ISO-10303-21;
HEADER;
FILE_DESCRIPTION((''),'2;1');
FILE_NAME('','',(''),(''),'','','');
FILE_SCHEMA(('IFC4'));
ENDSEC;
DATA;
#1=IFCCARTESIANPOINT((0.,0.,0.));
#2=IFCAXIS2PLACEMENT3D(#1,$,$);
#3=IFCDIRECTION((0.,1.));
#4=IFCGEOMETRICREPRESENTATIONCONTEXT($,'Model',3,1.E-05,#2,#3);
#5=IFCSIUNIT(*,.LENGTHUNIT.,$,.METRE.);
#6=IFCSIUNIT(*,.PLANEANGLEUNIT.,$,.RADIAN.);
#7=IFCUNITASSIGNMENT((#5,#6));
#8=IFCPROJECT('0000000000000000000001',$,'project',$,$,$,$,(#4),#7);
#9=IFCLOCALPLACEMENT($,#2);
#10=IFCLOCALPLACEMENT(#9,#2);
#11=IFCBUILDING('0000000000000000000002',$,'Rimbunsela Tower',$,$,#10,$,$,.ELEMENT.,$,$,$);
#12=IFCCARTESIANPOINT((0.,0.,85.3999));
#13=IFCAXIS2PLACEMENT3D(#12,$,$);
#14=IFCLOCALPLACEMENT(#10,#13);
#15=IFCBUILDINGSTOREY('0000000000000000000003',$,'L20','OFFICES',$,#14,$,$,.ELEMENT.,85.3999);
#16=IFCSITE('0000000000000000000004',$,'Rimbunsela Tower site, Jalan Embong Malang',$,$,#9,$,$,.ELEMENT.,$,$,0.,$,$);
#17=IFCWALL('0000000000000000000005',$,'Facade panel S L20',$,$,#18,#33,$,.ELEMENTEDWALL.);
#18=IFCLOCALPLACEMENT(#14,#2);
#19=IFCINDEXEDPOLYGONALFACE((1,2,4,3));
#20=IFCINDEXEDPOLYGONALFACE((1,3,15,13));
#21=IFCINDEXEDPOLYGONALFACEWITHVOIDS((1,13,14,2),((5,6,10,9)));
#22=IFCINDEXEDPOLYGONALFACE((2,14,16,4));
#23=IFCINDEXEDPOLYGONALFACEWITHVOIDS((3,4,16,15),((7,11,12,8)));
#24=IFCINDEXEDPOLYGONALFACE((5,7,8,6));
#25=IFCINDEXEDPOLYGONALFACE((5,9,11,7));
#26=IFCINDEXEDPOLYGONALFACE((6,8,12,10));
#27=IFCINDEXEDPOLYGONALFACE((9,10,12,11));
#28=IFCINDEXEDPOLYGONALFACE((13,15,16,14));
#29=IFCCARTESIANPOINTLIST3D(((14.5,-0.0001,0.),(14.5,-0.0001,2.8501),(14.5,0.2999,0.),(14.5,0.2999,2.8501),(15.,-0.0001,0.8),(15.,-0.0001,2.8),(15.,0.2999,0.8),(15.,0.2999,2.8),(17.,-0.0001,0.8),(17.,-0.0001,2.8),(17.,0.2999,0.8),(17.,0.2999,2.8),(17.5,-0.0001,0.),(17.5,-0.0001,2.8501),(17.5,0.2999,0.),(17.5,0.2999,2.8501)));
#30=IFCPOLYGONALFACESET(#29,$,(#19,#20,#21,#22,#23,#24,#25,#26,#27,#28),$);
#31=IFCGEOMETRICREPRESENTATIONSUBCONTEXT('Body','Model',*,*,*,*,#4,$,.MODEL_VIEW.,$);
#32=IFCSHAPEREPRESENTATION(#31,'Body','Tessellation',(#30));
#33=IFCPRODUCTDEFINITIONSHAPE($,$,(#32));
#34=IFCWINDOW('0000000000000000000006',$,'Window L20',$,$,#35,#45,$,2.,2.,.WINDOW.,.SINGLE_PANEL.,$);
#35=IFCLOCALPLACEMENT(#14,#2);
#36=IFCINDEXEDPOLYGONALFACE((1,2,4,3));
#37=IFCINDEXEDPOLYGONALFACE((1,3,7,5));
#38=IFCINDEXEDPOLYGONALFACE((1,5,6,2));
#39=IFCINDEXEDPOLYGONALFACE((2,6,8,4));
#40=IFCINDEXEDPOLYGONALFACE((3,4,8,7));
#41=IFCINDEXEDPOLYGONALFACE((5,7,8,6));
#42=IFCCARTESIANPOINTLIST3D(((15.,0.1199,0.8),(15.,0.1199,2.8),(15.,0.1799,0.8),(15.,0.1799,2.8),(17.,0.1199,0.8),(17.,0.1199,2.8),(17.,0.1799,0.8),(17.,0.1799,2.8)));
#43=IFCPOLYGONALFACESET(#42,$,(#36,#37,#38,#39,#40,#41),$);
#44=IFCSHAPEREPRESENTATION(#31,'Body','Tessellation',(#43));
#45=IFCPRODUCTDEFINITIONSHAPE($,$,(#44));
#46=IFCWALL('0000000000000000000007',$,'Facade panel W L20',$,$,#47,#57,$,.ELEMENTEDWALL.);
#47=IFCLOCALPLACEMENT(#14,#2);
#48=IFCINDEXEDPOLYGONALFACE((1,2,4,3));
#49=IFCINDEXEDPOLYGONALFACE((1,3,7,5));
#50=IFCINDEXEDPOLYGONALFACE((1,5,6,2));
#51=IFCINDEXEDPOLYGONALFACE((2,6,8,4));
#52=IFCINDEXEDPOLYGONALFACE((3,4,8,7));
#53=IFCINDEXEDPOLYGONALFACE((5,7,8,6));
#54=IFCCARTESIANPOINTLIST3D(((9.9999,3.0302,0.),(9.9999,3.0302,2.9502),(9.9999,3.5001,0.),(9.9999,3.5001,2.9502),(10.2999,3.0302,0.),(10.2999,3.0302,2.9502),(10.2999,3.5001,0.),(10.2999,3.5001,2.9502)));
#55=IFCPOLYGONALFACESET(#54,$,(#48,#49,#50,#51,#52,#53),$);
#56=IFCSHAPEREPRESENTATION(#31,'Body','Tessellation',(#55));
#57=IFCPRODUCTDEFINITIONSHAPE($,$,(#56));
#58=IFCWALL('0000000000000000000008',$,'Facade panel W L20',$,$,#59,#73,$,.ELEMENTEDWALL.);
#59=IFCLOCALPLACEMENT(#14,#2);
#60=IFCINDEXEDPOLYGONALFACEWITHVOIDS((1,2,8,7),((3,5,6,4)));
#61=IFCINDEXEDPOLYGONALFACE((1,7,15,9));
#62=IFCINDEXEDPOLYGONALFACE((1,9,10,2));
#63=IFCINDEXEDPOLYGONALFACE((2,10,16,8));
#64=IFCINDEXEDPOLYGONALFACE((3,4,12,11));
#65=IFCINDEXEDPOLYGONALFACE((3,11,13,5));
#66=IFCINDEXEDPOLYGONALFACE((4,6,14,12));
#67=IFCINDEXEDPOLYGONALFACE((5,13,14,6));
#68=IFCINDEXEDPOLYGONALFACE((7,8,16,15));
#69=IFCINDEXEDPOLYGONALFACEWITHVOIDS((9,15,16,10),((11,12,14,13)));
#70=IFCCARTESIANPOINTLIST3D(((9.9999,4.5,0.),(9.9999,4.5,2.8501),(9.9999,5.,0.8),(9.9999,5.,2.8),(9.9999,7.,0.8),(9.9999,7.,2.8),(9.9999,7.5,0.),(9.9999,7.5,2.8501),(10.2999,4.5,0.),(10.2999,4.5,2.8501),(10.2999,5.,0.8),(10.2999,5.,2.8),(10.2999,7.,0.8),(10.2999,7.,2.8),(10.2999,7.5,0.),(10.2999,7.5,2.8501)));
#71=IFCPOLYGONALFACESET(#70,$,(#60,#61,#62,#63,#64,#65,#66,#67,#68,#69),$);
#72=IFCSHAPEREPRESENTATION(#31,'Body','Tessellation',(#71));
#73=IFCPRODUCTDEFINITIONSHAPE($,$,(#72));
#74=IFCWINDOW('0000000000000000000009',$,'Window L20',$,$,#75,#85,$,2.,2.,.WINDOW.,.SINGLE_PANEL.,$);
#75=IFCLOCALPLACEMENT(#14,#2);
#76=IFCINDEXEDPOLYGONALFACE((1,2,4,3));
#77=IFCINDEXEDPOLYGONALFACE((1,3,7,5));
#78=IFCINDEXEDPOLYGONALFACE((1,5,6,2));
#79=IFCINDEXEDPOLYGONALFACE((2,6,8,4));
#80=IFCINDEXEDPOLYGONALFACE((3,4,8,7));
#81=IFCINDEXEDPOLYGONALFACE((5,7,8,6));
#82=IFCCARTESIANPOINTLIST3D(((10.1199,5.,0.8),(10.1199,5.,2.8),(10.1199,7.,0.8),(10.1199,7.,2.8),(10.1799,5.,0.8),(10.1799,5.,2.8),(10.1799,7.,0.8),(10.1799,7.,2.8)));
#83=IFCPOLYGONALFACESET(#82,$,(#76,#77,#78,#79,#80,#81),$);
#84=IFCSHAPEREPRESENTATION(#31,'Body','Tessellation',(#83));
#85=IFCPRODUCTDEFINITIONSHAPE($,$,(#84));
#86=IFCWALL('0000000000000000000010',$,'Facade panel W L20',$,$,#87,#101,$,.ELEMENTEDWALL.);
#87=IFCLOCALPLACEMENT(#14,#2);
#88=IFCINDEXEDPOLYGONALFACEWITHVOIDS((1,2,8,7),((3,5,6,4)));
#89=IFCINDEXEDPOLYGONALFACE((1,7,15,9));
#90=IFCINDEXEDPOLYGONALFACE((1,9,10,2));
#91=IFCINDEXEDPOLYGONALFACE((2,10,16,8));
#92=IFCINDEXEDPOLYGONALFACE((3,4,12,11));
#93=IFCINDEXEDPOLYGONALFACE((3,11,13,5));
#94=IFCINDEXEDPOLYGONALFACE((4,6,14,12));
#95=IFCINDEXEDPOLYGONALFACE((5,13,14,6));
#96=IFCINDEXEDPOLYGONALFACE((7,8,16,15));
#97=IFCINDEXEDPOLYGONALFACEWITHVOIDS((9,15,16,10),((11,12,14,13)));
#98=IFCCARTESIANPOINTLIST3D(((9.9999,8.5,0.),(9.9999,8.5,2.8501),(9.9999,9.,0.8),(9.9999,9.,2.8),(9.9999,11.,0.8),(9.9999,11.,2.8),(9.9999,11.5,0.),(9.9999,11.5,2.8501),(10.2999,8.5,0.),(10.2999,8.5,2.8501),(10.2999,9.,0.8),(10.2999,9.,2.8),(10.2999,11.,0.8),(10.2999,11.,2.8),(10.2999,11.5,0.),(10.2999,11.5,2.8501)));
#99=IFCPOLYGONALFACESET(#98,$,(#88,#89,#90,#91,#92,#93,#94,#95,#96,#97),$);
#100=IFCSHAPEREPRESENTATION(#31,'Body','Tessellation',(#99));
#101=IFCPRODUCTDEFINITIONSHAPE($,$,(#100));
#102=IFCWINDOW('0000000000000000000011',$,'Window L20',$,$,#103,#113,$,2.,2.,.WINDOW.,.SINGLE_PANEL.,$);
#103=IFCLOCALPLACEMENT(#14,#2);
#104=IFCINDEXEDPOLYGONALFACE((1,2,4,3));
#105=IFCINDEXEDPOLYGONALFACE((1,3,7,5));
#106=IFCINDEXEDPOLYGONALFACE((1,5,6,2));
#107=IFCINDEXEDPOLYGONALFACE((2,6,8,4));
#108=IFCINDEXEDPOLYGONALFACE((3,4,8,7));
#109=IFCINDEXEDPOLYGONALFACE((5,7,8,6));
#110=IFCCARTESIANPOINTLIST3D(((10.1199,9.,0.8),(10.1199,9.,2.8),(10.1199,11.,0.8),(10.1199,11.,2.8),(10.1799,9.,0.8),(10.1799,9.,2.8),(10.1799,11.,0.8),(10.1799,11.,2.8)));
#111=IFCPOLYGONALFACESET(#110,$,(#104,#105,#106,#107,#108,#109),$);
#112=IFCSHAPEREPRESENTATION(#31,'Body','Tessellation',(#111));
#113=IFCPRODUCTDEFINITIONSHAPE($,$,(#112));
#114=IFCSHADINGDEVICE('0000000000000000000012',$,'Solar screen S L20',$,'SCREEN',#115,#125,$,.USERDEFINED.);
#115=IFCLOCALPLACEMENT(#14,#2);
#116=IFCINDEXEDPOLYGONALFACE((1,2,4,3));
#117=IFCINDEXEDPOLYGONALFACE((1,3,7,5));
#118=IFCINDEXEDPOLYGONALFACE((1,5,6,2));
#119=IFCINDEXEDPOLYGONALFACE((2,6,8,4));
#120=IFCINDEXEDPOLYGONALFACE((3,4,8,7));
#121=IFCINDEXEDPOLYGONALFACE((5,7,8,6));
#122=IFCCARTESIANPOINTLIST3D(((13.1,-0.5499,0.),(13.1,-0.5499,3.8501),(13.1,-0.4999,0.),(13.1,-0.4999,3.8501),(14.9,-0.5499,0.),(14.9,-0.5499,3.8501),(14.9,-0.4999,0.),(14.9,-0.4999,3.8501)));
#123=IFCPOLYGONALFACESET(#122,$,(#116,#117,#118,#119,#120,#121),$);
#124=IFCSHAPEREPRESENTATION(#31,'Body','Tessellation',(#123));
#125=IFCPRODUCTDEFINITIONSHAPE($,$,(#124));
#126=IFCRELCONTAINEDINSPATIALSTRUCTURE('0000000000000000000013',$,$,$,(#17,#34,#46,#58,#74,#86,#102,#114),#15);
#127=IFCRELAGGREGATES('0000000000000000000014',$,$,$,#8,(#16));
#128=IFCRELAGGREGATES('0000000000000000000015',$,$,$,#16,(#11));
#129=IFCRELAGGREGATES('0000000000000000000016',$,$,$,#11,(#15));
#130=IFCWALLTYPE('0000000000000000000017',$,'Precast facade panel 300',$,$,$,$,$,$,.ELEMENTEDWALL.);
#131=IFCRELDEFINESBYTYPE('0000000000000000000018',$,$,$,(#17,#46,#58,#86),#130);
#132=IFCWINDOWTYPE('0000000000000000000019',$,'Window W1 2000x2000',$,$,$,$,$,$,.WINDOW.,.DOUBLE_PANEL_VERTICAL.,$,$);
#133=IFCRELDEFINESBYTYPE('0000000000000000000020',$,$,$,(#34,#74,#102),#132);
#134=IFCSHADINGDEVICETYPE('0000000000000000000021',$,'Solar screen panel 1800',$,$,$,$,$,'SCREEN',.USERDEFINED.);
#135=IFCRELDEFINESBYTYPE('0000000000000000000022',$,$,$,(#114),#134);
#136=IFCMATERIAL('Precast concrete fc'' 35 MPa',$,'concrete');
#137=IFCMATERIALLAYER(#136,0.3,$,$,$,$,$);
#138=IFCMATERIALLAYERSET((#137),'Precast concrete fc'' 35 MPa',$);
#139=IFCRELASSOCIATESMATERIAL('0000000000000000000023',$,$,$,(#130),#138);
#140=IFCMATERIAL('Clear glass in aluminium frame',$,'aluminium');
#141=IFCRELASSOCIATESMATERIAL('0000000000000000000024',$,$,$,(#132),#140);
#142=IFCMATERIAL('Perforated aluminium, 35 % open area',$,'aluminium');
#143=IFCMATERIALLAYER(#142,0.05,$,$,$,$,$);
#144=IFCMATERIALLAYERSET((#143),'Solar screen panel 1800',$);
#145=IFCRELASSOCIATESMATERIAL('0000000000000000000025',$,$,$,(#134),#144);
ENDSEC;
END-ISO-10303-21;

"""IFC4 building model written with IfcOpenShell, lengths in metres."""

from ifc_helpers import new_model, si_unit, direction, frame, frame_2d, origin, origin_2d, place, context, subcontext, project, spatial, rectangle, extrude, material, layer, layer_set, type_object, element, fill, save


model = new_model("IFC4")

# Units and contexts
model_context = context("Model", 3, precision=1e-05, world=origin(), true_north=direction((0.0, 1.0)))
body_context = subcontext(model_context, "Body", "Model", "MODEL_VIEW")
ifc_project = project(units=[si_unit("LENGTHUNIT", "METRE"), si_unit("PLANEANGLEUNIT", "RADIAN")], contexts=[model_context])

# Site, building, storey
site_placement = place(None, origin())
site = spatial("IfcSite", under=ifc_project, at=site_placement, Name="Rimbunsela Tower site, Jalan Embong Malang", CompositionType="ELEMENT", RefElevation=0.0)
building_placement = place(site_placement, origin())
building = spatial("IfcBuilding", under=site, at=building_placement, Name="Rimbunsela Tower", CompositionType="ELEMENT")
storey_placement = place(building_placement, frame((0.0, 0.0, 85.3999)))
storey = spatial("IfcBuildingStorey", under=building, at=storey_placement, Name="L20", Description="OFFICES", CompositionType="ELEMENT", Elevation=85.3999)

# Shared definitions
ifc_material_1 = material(Name="Precast concrete fc' 35 MPa", Category="concrete")
ifc_layer_1 = layer(ifc_material_1, 0.3)
ifc_layer_set_1 = layer_set([ifc_layer_1], Name="Precast concrete fc' 35 MPa")
wall_type_1 = type_object("IfcWallType", Name="Precast facade panel 300", PredefinedType="ELEMENTEDWALL", material=ifc_layer_set_1)

# Wall, opening, window
wall_1_placement = place(storey_placement, frame((14.5, 0.1499, 0.0), z_axis=(0.0, 0.0, 1.0), x_axis=(1.0, 0.0, 0.0)))
wall_1 = element("IfcWall", 1, at=wall_1_placement, inside=storey, type_object=wall_type_1, Name="Facade panel S L20", PredefinedType="ELEMENTEDWALL", context=body_context, shape_type="SweptSolid", body=[
    extrude(rectangle(XDim=3.0, YDim=0.3, at=frame_2d((1.5, 0.0))), origin(), (0.0, 0.0, 1.0), 2.8501),
])
opening_1_placement = place(wall_1_placement, frame((0.5, 0.0, 0.8)))
opening_1 = element("IfcOpeningElement", 2, at=opening_1_placement, cuts=wall_1, PredefinedType="OPENING", context=body_context, shape_type="SweptSolid", body=[
    extrude(rectangle(XDim=2.0, YDim=2.0, at=frame_2d((1.0, 1.0))), frame((0.0, 0.1599, 0.0), z_axis=(0.0, -1.0, 0.0), x_axis=(1.0, 0.0, 0.0)), (0.0, 0.0, 1.0), 0.3201),
])
ifc_material_2 = material(Name="Clear glass in aluminium frame", Category="aluminium")
window_type = type_object("IfcWindowType", Name="Window W1 2000x2000", PartitioningType="DOUBLE_PANEL_VERTICAL", PredefinedType="WINDOW", material=ifc_material_2)
window_1_placement = place(opening_1_placement, origin())
window_1 = element("IfcWindow", 3, at=window_1_placement, inside=storey, type_object=window_type, Name="Window L20", OverallHeight=2.0, OverallWidth=2.0, PartitioningType="SINGLE_PANEL", PredefinedType="WINDOW", context=body_context, shape_type="SweptSolid", body=[
    extrude(rectangle(XDim=2.0, YDim=2.0, at=frame_2d((1.0, 1.0))), frame((0.0, 0.03, 0.0), z_axis=(0.0, -1.0, 0.0), x_axis=(1.0, 0.0, 0.0)), (0.0, 0.0, 1.0), 0.0601),
])
fill(opening_1, window_1)

# Wall
wall_2_placement = place(storey_placement, frame((10.1499, 3.5, 0.0), z_axis=(0.0, 0.0, 1.0), x_axis=(0.0, -1.0, 0.0)))
element("IfcWall", 4, at=wall_2_placement, inside=storey, type_object=wall_type_1, Name="Facade panel W L20", PredefinedType="ELEMENTEDWALL", context=body_context, shape_type="SweptSolid", body=[
    extrude(rectangle(XDim=0.47, YDim=0.3, at=frame_2d((0.2349, 0.0))), origin(), (0.0, 0.0, 1.0), 2.9502),
])

# Walls, openings, windows
wall_3_placement = place(storey_placement, frame((10.1499, 7.5, 0.0), z_axis=(0.0, 0.0, 1.0), x_axis=(0.0, -1.0, 0.0)))
wall_3 = element("IfcWall", 5, at=wall_3_placement, inside=storey, type_object=wall_type_1, Name="Facade panel W L20", PredefinedType="ELEMENTEDWALL", context=body_context, shape_type="SweptSolid", body=[
    extrude(rectangle(XDim=3.0, YDim=0.3, at=frame_2d((1.5, 0.0))), origin(), (0.0, 0.0, 1.0), 2.8501),
])
opening_2_placement = place(wall_3_placement, frame((0.5, 0.0, 0.8)))
opening_2 = element("IfcOpeningElement", 6, at=opening_2_placement, cuts=wall_3, PredefinedType="OPENING", context=body_context, shape_type="SweptSolid", body=[
    extrude(rectangle(XDim=2.0, YDim=2.0, at=frame_2d((1.0, 1.0))), frame((0.0, 0.1599, 0.0), z_axis=(0.0, -1.0, 0.0), x_axis=(1.0, 0.0, 0.0)), (0.0, 0.0, 1.0), 0.3201),
])
window_2_placement = place(opening_2_placement, origin())
window_2 = element("IfcWindow", 7, at=window_2_placement, inside=storey, type_object=window_type, Name="Window L20", OverallHeight=2.0, OverallWidth=2.0, PartitioningType="SINGLE_PANEL", PredefinedType="WINDOW", context=body_context, shape_type="SweptSolid", body=[
    extrude(rectangle(XDim=2.0, YDim=2.0, at=frame_2d((1.0, 1.0))), frame((0.0, 0.03, 0.0), z_axis=(0.0, -1.0, 0.0), x_axis=(1.0, 0.0, 0.0)), (0.0, 0.0, 1.0), 0.0601),
])
fill(opening_2, window_2)
wall_4_placement = place(storey_placement, frame((10.1499, 11.5, 0.0), z_axis=(0.0, 0.0, 1.0), x_axis=(0.0, -1.0, 0.0)))
wall_4 = element("IfcWall", 8, at=wall_4_placement, inside=storey, type_object=wall_type_1, Name="Facade panel W L20", PredefinedType="ELEMENTEDWALL", context=body_context, shape_type="SweptSolid", body=[
    extrude(rectangle(XDim=3.0, YDim=0.3, at=frame_2d((1.5, 0.0))), origin(), (0.0, 0.0, 1.0), 2.8501),
])
opening_3_placement = place(wall_4_placement, frame((0.5, 0.0, 0.8)))
opening_3 = element("IfcOpeningElement", 9, at=opening_3_placement, cuts=wall_4, PredefinedType="OPENING", context=body_context, shape_type="SweptSolid", body=[
    extrude(rectangle(XDim=2.0, YDim=2.0, at=frame_2d((1.0, 1.0))), frame((0.0, 0.1599, 0.0), z_axis=(0.0, -1.0, 0.0), x_axis=(1.0, 0.0, 0.0)), (0.0, 0.0, 1.0), 0.3201),
])
window_3_placement = place(opening_3_placement, origin())
window_3 = element("IfcWindow", 10, at=window_3_placement, inside=storey, type_object=window_type, Name="Window L20", OverallHeight=2.0, OverallWidth=2.0, PartitioningType="SINGLE_PANEL", PredefinedType="WINDOW", context=body_context, shape_type="SweptSolid", body=[
    extrude(rectangle(XDim=2.0, YDim=2.0, at=frame_2d((1.0, 1.0))), frame((0.0, 0.03, 0.0), z_axis=(0.0, -1.0, 0.0), x_axis=(1.0, 0.0, 0.0)), (0.0, 0.0, 1.0), 0.0601),
])
fill(opening_3, window_3)

# Shading device
ifc_material_3 = material(Name="Perforated aluminium, 35 % open area", Category="aluminium")
ifc_layer_2 = layer(ifc_material_3, 0.05)
ifc_layer_set_2 = layer_set([ifc_layer_2], Name="Solar screen panel 1800")
shading_device_type = type_object("IfcShadingDeviceType", Name="Solar screen panel 1800", ElementType="SCREEN", PredefinedType="USERDEFINED", material=ifc_layer_set_2)
shading_device_placement = place(storey_placement, frame((14.0, -0.5249, 0.0), z_axis=(0.0, 0.0, 1.0), x_axis=(1.0, 0.0, 0.0)))
element("IfcShadingDevice", 11, at=shading_device_placement, inside=storey, type_object=shading_device_type, Name="Solar screen S L20", ObjectType="SCREEN", PredefinedType="USERDEFINED", context=body_context, shape_type="SweptSolid", body=[
    extrude(rectangle(XDim=1.8, YDim=0.05, at=origin_2d()), origin(), (0.0, 0.0, 1.0), 3.8501),
])

save(model, "model.ifc")
